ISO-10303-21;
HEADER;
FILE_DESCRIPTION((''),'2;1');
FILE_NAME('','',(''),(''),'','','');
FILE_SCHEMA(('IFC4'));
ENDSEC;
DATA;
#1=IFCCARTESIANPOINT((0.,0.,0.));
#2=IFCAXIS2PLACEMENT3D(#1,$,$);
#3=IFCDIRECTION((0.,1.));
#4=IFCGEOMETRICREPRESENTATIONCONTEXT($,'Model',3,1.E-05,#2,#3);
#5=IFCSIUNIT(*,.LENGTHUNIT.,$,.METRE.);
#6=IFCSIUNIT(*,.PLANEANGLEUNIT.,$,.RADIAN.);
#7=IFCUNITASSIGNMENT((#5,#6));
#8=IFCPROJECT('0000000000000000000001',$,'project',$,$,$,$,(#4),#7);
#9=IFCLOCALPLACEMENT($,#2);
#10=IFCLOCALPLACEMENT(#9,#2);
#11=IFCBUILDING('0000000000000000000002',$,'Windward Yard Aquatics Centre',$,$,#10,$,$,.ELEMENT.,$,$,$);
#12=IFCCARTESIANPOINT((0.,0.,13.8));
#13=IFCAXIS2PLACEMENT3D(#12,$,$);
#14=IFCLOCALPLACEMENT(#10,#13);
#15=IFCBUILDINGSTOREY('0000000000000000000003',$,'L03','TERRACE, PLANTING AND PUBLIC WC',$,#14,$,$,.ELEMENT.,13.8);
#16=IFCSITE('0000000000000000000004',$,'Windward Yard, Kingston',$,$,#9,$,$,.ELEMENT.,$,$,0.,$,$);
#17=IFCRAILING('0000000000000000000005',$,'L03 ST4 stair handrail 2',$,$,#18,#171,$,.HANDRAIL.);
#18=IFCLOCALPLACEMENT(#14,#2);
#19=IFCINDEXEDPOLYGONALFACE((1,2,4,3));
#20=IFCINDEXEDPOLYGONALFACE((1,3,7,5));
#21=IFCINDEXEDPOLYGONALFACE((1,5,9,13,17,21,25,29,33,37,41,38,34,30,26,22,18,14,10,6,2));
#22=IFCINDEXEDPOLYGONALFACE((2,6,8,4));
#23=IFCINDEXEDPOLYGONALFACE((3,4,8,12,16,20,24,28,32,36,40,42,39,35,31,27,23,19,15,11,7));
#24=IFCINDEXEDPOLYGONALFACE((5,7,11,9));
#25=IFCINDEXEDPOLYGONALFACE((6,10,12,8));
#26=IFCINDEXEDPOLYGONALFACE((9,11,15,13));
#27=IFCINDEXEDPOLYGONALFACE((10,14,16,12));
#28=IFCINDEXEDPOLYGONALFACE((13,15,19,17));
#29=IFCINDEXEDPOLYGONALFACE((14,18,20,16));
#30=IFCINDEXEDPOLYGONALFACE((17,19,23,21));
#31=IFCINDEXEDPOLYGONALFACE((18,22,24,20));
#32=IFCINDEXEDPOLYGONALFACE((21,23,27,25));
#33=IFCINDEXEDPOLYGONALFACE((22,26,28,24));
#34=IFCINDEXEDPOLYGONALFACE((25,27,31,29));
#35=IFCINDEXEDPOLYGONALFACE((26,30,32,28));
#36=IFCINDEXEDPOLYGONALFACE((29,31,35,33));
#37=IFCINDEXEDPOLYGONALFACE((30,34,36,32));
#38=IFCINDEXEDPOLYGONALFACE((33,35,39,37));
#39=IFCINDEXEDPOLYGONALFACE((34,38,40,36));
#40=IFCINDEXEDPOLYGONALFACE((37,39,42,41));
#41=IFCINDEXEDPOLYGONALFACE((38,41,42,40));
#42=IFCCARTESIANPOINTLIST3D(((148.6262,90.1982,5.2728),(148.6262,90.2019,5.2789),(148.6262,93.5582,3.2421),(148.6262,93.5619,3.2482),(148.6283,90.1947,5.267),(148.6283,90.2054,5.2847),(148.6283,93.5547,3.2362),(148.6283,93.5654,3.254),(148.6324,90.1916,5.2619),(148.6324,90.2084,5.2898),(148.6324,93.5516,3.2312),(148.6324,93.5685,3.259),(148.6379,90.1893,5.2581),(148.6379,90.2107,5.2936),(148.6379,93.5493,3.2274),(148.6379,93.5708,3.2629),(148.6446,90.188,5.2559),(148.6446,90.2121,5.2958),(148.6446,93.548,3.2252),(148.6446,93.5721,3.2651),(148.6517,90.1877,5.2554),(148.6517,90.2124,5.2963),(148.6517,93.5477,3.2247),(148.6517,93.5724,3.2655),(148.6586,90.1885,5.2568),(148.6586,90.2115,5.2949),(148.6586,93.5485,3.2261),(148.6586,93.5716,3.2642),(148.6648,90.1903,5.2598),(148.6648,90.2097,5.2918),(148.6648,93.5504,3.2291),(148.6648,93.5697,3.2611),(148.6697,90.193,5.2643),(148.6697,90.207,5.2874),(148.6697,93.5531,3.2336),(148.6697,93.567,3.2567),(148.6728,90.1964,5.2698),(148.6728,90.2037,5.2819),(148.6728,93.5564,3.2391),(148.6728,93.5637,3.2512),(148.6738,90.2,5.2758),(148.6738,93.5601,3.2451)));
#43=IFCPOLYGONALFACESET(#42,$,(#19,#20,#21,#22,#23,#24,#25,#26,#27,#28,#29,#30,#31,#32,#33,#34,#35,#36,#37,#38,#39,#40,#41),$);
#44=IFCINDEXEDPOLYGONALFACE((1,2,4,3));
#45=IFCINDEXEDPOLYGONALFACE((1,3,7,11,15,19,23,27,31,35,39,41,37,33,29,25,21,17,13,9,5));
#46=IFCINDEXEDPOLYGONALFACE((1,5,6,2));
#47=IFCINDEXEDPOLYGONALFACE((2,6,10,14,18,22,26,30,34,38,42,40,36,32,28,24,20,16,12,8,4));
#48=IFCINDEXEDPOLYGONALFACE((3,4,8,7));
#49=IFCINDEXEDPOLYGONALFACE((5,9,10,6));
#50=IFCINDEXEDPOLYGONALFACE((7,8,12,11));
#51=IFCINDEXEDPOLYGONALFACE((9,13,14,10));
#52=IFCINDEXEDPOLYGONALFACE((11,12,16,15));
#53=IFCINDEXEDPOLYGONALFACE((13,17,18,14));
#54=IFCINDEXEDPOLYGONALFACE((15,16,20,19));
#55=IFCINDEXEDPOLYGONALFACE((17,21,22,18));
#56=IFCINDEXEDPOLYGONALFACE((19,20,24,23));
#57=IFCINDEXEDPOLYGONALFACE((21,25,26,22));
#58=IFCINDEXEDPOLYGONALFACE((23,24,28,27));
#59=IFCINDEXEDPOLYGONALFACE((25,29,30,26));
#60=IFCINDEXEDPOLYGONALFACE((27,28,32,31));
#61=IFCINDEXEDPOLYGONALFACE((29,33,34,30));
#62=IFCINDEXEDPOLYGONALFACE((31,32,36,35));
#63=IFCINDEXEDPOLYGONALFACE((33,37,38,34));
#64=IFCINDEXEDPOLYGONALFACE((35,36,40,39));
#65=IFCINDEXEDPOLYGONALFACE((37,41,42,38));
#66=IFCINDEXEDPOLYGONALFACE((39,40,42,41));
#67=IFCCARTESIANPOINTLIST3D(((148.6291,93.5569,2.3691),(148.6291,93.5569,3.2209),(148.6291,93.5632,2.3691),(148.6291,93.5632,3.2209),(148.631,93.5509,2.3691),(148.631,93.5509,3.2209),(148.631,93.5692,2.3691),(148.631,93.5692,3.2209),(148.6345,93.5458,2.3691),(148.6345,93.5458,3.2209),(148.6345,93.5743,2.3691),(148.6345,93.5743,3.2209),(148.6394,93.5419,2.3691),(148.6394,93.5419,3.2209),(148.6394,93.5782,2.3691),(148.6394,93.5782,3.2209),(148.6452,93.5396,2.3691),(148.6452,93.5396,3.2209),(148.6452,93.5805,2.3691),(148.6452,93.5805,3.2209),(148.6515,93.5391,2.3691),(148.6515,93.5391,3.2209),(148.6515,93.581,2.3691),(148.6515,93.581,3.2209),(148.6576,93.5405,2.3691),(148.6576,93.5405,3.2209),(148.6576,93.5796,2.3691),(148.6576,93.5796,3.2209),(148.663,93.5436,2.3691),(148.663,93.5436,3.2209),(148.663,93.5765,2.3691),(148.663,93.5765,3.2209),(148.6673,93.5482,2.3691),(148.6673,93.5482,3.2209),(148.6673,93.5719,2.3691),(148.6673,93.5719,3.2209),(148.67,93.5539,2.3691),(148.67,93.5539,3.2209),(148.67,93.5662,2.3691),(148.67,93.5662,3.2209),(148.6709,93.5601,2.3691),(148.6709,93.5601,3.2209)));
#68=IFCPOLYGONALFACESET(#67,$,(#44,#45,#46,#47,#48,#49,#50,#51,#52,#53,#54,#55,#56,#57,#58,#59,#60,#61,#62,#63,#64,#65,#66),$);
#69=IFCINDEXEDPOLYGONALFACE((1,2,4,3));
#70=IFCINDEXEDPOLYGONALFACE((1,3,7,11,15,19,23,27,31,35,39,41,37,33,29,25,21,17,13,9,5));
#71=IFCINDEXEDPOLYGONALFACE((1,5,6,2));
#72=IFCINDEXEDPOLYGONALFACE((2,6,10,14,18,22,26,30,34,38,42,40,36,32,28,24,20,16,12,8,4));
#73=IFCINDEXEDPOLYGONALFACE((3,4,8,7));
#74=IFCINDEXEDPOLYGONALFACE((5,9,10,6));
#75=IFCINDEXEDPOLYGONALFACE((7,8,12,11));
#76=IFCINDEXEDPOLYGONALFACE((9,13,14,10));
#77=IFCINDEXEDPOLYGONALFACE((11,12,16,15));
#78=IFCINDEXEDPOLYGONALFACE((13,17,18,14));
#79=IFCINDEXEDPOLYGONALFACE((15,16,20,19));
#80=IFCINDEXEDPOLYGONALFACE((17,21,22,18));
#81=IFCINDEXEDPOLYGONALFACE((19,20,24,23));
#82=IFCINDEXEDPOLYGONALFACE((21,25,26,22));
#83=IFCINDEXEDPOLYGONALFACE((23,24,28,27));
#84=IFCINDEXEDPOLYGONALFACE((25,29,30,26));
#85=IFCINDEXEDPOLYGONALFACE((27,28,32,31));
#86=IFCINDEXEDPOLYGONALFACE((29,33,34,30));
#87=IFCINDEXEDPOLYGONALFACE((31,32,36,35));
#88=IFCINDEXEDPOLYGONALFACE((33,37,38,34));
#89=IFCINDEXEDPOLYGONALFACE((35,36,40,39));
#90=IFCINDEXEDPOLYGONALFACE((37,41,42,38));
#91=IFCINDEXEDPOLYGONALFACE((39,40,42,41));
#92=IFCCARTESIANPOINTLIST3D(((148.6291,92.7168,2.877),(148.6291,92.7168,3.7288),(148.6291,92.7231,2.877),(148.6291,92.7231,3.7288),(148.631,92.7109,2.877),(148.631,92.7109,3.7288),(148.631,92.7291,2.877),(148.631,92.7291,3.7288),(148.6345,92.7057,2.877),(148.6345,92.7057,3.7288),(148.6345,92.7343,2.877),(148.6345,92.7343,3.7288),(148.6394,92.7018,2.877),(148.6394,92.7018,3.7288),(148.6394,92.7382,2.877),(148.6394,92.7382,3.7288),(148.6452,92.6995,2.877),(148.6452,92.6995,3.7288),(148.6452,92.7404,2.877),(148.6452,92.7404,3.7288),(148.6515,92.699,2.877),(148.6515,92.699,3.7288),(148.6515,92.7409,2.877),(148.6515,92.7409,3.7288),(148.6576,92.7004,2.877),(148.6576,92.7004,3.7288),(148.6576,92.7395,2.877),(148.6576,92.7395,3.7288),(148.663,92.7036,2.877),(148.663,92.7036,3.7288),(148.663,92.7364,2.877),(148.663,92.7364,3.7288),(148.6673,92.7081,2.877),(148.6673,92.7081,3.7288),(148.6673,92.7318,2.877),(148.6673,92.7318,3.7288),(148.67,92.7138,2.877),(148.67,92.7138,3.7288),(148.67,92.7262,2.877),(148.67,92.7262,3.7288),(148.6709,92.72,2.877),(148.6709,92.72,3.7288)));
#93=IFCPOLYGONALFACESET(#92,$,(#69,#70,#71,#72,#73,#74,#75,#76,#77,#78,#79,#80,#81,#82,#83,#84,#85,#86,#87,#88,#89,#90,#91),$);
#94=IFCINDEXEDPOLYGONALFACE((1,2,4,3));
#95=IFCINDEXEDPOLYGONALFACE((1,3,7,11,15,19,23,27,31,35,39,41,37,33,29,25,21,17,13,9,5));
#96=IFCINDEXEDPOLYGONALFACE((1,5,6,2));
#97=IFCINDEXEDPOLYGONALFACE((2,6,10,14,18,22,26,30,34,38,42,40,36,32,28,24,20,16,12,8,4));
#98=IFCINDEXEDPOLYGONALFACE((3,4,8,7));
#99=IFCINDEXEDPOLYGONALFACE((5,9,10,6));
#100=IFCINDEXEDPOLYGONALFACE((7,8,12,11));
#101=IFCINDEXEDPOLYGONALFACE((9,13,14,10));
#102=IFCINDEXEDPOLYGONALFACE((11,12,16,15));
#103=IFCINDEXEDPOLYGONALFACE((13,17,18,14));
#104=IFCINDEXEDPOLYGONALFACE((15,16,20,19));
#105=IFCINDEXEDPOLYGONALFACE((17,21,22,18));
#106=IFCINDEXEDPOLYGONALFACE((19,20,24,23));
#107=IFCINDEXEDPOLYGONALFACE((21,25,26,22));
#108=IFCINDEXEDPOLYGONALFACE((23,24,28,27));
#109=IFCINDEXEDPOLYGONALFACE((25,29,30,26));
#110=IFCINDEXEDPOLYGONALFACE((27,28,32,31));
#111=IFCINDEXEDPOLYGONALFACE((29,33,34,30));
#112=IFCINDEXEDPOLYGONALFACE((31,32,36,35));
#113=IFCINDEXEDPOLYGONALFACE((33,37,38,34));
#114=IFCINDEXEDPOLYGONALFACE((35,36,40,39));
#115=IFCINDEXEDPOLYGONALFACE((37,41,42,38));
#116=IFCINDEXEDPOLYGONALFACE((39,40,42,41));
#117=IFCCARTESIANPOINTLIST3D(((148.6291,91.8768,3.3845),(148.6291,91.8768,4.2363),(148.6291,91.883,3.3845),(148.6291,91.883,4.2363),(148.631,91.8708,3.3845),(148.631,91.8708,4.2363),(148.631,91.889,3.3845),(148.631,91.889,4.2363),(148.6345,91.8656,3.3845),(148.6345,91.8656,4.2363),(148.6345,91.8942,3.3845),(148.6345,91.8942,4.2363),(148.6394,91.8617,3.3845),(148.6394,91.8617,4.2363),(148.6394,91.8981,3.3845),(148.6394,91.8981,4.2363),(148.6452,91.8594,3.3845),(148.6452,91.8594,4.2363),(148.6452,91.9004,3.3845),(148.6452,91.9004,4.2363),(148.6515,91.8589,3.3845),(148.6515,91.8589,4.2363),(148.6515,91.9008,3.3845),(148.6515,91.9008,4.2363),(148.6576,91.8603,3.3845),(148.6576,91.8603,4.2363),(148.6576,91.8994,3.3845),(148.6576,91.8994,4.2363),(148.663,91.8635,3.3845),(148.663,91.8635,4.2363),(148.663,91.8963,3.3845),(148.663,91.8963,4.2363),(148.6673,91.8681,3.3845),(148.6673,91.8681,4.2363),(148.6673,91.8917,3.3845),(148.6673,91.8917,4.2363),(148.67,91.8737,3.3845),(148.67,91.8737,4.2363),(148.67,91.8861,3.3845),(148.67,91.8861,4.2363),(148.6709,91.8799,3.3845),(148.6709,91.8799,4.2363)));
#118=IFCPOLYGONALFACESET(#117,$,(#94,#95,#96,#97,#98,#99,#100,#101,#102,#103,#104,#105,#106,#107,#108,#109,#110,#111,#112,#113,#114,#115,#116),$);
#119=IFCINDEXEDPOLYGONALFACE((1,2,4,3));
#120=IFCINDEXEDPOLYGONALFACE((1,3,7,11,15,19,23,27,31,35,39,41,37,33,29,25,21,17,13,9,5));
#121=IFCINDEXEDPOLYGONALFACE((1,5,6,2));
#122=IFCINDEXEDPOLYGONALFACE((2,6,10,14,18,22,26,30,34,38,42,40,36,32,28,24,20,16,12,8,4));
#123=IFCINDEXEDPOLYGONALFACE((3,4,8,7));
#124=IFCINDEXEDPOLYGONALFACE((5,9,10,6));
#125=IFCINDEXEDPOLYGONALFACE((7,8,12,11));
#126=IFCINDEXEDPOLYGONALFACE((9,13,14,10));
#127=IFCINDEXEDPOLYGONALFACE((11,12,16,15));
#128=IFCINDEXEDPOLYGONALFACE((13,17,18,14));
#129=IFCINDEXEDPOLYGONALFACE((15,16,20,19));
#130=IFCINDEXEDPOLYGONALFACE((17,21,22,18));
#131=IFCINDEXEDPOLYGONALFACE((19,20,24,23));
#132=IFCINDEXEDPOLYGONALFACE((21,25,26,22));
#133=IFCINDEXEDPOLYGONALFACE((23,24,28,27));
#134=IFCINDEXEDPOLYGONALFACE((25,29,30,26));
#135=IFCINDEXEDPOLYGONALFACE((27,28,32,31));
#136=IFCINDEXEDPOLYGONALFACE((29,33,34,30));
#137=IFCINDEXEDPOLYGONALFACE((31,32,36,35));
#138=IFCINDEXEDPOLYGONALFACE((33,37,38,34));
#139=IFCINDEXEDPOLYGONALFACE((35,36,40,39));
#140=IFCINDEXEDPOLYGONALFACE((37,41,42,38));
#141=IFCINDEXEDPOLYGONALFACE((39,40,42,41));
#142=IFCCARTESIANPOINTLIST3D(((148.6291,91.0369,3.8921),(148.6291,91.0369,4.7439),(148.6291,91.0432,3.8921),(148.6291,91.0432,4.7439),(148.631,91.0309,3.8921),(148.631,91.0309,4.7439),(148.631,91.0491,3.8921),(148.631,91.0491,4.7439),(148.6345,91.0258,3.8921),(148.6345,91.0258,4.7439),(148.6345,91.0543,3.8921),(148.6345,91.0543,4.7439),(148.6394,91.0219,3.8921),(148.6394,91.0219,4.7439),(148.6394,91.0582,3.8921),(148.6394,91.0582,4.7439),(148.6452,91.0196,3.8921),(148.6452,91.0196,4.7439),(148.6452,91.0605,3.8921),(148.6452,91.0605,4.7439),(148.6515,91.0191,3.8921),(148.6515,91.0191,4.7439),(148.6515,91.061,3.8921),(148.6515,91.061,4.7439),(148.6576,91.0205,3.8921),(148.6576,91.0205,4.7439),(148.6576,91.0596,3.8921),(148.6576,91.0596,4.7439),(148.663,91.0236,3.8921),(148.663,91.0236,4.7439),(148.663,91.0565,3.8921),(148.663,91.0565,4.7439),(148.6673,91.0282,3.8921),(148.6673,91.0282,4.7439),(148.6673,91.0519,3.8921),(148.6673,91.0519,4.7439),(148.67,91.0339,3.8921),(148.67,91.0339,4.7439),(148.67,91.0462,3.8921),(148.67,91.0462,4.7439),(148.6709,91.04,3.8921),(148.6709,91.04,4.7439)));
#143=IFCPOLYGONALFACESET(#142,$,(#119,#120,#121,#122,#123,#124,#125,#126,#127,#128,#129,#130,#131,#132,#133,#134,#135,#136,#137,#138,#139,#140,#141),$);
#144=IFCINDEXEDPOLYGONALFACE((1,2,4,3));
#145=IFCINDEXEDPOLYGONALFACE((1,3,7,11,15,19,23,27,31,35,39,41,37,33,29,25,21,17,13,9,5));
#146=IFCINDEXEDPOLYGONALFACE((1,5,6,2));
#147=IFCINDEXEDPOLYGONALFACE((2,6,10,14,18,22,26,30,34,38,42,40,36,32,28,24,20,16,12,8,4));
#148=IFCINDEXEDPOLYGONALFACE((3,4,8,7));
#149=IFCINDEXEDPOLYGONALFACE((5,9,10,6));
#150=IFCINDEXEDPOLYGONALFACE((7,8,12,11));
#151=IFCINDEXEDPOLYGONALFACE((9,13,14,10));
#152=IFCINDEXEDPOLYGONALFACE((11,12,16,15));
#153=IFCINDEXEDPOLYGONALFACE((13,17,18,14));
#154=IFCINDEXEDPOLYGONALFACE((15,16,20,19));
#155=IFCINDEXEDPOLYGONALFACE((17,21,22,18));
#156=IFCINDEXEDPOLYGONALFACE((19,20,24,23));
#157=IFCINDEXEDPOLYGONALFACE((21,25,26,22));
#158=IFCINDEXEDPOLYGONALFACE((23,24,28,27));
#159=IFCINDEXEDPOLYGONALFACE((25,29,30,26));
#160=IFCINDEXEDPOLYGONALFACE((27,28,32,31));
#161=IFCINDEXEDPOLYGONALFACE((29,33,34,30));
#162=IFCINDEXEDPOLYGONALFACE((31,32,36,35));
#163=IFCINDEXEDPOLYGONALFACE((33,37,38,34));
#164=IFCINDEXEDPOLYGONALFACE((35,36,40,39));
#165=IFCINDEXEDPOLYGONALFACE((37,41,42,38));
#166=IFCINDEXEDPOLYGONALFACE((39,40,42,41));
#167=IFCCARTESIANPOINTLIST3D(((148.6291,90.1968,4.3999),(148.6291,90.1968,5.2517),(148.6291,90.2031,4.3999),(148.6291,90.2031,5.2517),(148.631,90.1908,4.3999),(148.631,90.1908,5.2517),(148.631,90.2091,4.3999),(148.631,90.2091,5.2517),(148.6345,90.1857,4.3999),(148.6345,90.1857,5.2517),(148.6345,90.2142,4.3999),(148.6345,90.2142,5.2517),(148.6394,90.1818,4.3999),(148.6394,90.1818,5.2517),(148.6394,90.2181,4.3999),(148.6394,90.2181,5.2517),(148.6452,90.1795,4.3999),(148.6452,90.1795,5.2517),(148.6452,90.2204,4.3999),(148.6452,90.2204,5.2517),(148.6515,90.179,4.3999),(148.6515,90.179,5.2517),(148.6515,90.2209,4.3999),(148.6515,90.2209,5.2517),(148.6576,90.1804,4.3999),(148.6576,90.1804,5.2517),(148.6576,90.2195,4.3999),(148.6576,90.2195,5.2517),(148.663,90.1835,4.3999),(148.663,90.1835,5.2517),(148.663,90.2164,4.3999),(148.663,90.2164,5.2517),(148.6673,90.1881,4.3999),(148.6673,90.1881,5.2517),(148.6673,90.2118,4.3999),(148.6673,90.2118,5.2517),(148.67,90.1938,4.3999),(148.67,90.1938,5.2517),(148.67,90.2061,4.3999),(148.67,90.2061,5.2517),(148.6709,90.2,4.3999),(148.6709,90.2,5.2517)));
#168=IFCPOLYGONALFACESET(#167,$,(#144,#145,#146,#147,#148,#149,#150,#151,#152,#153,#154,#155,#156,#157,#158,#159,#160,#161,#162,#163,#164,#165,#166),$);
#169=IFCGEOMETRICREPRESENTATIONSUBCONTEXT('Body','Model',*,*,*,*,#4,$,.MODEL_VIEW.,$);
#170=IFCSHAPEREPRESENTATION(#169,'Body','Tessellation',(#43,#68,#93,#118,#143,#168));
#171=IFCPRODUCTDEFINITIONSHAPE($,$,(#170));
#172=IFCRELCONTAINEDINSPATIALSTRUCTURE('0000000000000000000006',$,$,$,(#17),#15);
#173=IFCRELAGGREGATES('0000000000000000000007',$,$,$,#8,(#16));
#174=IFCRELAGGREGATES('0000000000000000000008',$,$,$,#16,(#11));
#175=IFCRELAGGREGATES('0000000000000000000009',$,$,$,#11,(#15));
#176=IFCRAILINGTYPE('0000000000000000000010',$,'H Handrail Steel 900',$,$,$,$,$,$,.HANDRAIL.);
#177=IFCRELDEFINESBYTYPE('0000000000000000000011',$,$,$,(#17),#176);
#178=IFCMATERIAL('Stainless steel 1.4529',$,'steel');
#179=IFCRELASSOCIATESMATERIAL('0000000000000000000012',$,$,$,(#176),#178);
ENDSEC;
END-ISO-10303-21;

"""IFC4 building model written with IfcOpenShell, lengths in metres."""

from ifc_helpers import new_model, si_unit, direction, frame, origin, origin_2d, place, context, subcontext, project, spatial, circle, extrude, material, type_object, element, save


model = new_model("IFC4")

# Units and contexts
model_context = context("Model", 3, precision=1e-05, world=origin(), true_north=direction((0.0, 1.0)))
body_context = subcontext(model_context, "Body", "Model", "MODEL_VIEW")
ifc_project = project(units=[si_unit("LENGTHUNIT", "METRE"), si_unit("PLANEANGLEUNIT", "RADIAN")], contexts=[model_context])

# Site, building, storey
site_placement = place(None, origin())
site = spatial("IfcSite", under=ifc_project, at=site_placement, Name="Windward Yard, Kingston", CompositionType="ELEMENT", RefElevation=0.0)
building_placement = place(site_placement, origin())
building = spatial("IfcBuilding", under=site, at=building_placement, Name="Windward Yard Aquatics Centre", CompositionType="ELEMENT")
storey_placement = place(building_placement, frame((0.0, 0.0, 13.8)))
storey = spatial("IfcBuildingStorey", under=building, at=storey_placement, Name="L03", Description="TERRACE, PLANTING AND PUBLIC WC", CompositionType="ELEMENT", Elevation=13.8)

# Railing
ifc_material_1 = material(Name="Stainless steel 1.4529", Category="steel")
railing_type_1 = type_object("IfcRailingType", Name="H Handrail Steel 900", PredefinedType="HANDRAIL", material=ifc_material_1)
railing_1_placement = place(storey_placement, frame((148.6499, 93.5601, 2.3691)))
element("IfcRailing", 1, at=railing_1_placement, inside=storey, type_object=railing_type_1, Name="L03 ST4 stair handrail 2", PredefinedType="HANDRAIL", context=body_context, shape_type="SweptSolid", body=[
    extrude(circle(Radius=0.0239, at=origin_2d()), frame((0.0, 0.0, 0.876), z_axis=(0.0, -0.855837, 0.517246), x_axis=(1.0, 0.0, 0.0)), (0.0, 0.0, 1.0), 3.926),
    extrude(circle(Radius=0.021, at=origin_2d()), origin(), (0.0, 0.0, 1.0), 0.8518),
    extrude(circle(Radius=0.021, at=origin_2d()), frame((0.0, -0.8401, 0.5078)), (0.0, 0.0, 1.0), 0.8518),
    extrude(circle(Radius=0.021, at=origin_2d()), frame((0.0, -1.6802, 1.0154)), (0.0, 0.0, 1.0), 0.8518),
    extrude(circle(Radius=0.021, at=origin_2d()), frame((0.0, -2.52, 1.5229)), (0.0, 0.0, 1.0), 0.8518),
    extrude(circle(Radius=0.021, at=origin_2d()), frame((0.0, -3.3601, 2.0308)), (0.0, 0.0, 1.0), 0.8518),
])

save(model, "model.ifc")
